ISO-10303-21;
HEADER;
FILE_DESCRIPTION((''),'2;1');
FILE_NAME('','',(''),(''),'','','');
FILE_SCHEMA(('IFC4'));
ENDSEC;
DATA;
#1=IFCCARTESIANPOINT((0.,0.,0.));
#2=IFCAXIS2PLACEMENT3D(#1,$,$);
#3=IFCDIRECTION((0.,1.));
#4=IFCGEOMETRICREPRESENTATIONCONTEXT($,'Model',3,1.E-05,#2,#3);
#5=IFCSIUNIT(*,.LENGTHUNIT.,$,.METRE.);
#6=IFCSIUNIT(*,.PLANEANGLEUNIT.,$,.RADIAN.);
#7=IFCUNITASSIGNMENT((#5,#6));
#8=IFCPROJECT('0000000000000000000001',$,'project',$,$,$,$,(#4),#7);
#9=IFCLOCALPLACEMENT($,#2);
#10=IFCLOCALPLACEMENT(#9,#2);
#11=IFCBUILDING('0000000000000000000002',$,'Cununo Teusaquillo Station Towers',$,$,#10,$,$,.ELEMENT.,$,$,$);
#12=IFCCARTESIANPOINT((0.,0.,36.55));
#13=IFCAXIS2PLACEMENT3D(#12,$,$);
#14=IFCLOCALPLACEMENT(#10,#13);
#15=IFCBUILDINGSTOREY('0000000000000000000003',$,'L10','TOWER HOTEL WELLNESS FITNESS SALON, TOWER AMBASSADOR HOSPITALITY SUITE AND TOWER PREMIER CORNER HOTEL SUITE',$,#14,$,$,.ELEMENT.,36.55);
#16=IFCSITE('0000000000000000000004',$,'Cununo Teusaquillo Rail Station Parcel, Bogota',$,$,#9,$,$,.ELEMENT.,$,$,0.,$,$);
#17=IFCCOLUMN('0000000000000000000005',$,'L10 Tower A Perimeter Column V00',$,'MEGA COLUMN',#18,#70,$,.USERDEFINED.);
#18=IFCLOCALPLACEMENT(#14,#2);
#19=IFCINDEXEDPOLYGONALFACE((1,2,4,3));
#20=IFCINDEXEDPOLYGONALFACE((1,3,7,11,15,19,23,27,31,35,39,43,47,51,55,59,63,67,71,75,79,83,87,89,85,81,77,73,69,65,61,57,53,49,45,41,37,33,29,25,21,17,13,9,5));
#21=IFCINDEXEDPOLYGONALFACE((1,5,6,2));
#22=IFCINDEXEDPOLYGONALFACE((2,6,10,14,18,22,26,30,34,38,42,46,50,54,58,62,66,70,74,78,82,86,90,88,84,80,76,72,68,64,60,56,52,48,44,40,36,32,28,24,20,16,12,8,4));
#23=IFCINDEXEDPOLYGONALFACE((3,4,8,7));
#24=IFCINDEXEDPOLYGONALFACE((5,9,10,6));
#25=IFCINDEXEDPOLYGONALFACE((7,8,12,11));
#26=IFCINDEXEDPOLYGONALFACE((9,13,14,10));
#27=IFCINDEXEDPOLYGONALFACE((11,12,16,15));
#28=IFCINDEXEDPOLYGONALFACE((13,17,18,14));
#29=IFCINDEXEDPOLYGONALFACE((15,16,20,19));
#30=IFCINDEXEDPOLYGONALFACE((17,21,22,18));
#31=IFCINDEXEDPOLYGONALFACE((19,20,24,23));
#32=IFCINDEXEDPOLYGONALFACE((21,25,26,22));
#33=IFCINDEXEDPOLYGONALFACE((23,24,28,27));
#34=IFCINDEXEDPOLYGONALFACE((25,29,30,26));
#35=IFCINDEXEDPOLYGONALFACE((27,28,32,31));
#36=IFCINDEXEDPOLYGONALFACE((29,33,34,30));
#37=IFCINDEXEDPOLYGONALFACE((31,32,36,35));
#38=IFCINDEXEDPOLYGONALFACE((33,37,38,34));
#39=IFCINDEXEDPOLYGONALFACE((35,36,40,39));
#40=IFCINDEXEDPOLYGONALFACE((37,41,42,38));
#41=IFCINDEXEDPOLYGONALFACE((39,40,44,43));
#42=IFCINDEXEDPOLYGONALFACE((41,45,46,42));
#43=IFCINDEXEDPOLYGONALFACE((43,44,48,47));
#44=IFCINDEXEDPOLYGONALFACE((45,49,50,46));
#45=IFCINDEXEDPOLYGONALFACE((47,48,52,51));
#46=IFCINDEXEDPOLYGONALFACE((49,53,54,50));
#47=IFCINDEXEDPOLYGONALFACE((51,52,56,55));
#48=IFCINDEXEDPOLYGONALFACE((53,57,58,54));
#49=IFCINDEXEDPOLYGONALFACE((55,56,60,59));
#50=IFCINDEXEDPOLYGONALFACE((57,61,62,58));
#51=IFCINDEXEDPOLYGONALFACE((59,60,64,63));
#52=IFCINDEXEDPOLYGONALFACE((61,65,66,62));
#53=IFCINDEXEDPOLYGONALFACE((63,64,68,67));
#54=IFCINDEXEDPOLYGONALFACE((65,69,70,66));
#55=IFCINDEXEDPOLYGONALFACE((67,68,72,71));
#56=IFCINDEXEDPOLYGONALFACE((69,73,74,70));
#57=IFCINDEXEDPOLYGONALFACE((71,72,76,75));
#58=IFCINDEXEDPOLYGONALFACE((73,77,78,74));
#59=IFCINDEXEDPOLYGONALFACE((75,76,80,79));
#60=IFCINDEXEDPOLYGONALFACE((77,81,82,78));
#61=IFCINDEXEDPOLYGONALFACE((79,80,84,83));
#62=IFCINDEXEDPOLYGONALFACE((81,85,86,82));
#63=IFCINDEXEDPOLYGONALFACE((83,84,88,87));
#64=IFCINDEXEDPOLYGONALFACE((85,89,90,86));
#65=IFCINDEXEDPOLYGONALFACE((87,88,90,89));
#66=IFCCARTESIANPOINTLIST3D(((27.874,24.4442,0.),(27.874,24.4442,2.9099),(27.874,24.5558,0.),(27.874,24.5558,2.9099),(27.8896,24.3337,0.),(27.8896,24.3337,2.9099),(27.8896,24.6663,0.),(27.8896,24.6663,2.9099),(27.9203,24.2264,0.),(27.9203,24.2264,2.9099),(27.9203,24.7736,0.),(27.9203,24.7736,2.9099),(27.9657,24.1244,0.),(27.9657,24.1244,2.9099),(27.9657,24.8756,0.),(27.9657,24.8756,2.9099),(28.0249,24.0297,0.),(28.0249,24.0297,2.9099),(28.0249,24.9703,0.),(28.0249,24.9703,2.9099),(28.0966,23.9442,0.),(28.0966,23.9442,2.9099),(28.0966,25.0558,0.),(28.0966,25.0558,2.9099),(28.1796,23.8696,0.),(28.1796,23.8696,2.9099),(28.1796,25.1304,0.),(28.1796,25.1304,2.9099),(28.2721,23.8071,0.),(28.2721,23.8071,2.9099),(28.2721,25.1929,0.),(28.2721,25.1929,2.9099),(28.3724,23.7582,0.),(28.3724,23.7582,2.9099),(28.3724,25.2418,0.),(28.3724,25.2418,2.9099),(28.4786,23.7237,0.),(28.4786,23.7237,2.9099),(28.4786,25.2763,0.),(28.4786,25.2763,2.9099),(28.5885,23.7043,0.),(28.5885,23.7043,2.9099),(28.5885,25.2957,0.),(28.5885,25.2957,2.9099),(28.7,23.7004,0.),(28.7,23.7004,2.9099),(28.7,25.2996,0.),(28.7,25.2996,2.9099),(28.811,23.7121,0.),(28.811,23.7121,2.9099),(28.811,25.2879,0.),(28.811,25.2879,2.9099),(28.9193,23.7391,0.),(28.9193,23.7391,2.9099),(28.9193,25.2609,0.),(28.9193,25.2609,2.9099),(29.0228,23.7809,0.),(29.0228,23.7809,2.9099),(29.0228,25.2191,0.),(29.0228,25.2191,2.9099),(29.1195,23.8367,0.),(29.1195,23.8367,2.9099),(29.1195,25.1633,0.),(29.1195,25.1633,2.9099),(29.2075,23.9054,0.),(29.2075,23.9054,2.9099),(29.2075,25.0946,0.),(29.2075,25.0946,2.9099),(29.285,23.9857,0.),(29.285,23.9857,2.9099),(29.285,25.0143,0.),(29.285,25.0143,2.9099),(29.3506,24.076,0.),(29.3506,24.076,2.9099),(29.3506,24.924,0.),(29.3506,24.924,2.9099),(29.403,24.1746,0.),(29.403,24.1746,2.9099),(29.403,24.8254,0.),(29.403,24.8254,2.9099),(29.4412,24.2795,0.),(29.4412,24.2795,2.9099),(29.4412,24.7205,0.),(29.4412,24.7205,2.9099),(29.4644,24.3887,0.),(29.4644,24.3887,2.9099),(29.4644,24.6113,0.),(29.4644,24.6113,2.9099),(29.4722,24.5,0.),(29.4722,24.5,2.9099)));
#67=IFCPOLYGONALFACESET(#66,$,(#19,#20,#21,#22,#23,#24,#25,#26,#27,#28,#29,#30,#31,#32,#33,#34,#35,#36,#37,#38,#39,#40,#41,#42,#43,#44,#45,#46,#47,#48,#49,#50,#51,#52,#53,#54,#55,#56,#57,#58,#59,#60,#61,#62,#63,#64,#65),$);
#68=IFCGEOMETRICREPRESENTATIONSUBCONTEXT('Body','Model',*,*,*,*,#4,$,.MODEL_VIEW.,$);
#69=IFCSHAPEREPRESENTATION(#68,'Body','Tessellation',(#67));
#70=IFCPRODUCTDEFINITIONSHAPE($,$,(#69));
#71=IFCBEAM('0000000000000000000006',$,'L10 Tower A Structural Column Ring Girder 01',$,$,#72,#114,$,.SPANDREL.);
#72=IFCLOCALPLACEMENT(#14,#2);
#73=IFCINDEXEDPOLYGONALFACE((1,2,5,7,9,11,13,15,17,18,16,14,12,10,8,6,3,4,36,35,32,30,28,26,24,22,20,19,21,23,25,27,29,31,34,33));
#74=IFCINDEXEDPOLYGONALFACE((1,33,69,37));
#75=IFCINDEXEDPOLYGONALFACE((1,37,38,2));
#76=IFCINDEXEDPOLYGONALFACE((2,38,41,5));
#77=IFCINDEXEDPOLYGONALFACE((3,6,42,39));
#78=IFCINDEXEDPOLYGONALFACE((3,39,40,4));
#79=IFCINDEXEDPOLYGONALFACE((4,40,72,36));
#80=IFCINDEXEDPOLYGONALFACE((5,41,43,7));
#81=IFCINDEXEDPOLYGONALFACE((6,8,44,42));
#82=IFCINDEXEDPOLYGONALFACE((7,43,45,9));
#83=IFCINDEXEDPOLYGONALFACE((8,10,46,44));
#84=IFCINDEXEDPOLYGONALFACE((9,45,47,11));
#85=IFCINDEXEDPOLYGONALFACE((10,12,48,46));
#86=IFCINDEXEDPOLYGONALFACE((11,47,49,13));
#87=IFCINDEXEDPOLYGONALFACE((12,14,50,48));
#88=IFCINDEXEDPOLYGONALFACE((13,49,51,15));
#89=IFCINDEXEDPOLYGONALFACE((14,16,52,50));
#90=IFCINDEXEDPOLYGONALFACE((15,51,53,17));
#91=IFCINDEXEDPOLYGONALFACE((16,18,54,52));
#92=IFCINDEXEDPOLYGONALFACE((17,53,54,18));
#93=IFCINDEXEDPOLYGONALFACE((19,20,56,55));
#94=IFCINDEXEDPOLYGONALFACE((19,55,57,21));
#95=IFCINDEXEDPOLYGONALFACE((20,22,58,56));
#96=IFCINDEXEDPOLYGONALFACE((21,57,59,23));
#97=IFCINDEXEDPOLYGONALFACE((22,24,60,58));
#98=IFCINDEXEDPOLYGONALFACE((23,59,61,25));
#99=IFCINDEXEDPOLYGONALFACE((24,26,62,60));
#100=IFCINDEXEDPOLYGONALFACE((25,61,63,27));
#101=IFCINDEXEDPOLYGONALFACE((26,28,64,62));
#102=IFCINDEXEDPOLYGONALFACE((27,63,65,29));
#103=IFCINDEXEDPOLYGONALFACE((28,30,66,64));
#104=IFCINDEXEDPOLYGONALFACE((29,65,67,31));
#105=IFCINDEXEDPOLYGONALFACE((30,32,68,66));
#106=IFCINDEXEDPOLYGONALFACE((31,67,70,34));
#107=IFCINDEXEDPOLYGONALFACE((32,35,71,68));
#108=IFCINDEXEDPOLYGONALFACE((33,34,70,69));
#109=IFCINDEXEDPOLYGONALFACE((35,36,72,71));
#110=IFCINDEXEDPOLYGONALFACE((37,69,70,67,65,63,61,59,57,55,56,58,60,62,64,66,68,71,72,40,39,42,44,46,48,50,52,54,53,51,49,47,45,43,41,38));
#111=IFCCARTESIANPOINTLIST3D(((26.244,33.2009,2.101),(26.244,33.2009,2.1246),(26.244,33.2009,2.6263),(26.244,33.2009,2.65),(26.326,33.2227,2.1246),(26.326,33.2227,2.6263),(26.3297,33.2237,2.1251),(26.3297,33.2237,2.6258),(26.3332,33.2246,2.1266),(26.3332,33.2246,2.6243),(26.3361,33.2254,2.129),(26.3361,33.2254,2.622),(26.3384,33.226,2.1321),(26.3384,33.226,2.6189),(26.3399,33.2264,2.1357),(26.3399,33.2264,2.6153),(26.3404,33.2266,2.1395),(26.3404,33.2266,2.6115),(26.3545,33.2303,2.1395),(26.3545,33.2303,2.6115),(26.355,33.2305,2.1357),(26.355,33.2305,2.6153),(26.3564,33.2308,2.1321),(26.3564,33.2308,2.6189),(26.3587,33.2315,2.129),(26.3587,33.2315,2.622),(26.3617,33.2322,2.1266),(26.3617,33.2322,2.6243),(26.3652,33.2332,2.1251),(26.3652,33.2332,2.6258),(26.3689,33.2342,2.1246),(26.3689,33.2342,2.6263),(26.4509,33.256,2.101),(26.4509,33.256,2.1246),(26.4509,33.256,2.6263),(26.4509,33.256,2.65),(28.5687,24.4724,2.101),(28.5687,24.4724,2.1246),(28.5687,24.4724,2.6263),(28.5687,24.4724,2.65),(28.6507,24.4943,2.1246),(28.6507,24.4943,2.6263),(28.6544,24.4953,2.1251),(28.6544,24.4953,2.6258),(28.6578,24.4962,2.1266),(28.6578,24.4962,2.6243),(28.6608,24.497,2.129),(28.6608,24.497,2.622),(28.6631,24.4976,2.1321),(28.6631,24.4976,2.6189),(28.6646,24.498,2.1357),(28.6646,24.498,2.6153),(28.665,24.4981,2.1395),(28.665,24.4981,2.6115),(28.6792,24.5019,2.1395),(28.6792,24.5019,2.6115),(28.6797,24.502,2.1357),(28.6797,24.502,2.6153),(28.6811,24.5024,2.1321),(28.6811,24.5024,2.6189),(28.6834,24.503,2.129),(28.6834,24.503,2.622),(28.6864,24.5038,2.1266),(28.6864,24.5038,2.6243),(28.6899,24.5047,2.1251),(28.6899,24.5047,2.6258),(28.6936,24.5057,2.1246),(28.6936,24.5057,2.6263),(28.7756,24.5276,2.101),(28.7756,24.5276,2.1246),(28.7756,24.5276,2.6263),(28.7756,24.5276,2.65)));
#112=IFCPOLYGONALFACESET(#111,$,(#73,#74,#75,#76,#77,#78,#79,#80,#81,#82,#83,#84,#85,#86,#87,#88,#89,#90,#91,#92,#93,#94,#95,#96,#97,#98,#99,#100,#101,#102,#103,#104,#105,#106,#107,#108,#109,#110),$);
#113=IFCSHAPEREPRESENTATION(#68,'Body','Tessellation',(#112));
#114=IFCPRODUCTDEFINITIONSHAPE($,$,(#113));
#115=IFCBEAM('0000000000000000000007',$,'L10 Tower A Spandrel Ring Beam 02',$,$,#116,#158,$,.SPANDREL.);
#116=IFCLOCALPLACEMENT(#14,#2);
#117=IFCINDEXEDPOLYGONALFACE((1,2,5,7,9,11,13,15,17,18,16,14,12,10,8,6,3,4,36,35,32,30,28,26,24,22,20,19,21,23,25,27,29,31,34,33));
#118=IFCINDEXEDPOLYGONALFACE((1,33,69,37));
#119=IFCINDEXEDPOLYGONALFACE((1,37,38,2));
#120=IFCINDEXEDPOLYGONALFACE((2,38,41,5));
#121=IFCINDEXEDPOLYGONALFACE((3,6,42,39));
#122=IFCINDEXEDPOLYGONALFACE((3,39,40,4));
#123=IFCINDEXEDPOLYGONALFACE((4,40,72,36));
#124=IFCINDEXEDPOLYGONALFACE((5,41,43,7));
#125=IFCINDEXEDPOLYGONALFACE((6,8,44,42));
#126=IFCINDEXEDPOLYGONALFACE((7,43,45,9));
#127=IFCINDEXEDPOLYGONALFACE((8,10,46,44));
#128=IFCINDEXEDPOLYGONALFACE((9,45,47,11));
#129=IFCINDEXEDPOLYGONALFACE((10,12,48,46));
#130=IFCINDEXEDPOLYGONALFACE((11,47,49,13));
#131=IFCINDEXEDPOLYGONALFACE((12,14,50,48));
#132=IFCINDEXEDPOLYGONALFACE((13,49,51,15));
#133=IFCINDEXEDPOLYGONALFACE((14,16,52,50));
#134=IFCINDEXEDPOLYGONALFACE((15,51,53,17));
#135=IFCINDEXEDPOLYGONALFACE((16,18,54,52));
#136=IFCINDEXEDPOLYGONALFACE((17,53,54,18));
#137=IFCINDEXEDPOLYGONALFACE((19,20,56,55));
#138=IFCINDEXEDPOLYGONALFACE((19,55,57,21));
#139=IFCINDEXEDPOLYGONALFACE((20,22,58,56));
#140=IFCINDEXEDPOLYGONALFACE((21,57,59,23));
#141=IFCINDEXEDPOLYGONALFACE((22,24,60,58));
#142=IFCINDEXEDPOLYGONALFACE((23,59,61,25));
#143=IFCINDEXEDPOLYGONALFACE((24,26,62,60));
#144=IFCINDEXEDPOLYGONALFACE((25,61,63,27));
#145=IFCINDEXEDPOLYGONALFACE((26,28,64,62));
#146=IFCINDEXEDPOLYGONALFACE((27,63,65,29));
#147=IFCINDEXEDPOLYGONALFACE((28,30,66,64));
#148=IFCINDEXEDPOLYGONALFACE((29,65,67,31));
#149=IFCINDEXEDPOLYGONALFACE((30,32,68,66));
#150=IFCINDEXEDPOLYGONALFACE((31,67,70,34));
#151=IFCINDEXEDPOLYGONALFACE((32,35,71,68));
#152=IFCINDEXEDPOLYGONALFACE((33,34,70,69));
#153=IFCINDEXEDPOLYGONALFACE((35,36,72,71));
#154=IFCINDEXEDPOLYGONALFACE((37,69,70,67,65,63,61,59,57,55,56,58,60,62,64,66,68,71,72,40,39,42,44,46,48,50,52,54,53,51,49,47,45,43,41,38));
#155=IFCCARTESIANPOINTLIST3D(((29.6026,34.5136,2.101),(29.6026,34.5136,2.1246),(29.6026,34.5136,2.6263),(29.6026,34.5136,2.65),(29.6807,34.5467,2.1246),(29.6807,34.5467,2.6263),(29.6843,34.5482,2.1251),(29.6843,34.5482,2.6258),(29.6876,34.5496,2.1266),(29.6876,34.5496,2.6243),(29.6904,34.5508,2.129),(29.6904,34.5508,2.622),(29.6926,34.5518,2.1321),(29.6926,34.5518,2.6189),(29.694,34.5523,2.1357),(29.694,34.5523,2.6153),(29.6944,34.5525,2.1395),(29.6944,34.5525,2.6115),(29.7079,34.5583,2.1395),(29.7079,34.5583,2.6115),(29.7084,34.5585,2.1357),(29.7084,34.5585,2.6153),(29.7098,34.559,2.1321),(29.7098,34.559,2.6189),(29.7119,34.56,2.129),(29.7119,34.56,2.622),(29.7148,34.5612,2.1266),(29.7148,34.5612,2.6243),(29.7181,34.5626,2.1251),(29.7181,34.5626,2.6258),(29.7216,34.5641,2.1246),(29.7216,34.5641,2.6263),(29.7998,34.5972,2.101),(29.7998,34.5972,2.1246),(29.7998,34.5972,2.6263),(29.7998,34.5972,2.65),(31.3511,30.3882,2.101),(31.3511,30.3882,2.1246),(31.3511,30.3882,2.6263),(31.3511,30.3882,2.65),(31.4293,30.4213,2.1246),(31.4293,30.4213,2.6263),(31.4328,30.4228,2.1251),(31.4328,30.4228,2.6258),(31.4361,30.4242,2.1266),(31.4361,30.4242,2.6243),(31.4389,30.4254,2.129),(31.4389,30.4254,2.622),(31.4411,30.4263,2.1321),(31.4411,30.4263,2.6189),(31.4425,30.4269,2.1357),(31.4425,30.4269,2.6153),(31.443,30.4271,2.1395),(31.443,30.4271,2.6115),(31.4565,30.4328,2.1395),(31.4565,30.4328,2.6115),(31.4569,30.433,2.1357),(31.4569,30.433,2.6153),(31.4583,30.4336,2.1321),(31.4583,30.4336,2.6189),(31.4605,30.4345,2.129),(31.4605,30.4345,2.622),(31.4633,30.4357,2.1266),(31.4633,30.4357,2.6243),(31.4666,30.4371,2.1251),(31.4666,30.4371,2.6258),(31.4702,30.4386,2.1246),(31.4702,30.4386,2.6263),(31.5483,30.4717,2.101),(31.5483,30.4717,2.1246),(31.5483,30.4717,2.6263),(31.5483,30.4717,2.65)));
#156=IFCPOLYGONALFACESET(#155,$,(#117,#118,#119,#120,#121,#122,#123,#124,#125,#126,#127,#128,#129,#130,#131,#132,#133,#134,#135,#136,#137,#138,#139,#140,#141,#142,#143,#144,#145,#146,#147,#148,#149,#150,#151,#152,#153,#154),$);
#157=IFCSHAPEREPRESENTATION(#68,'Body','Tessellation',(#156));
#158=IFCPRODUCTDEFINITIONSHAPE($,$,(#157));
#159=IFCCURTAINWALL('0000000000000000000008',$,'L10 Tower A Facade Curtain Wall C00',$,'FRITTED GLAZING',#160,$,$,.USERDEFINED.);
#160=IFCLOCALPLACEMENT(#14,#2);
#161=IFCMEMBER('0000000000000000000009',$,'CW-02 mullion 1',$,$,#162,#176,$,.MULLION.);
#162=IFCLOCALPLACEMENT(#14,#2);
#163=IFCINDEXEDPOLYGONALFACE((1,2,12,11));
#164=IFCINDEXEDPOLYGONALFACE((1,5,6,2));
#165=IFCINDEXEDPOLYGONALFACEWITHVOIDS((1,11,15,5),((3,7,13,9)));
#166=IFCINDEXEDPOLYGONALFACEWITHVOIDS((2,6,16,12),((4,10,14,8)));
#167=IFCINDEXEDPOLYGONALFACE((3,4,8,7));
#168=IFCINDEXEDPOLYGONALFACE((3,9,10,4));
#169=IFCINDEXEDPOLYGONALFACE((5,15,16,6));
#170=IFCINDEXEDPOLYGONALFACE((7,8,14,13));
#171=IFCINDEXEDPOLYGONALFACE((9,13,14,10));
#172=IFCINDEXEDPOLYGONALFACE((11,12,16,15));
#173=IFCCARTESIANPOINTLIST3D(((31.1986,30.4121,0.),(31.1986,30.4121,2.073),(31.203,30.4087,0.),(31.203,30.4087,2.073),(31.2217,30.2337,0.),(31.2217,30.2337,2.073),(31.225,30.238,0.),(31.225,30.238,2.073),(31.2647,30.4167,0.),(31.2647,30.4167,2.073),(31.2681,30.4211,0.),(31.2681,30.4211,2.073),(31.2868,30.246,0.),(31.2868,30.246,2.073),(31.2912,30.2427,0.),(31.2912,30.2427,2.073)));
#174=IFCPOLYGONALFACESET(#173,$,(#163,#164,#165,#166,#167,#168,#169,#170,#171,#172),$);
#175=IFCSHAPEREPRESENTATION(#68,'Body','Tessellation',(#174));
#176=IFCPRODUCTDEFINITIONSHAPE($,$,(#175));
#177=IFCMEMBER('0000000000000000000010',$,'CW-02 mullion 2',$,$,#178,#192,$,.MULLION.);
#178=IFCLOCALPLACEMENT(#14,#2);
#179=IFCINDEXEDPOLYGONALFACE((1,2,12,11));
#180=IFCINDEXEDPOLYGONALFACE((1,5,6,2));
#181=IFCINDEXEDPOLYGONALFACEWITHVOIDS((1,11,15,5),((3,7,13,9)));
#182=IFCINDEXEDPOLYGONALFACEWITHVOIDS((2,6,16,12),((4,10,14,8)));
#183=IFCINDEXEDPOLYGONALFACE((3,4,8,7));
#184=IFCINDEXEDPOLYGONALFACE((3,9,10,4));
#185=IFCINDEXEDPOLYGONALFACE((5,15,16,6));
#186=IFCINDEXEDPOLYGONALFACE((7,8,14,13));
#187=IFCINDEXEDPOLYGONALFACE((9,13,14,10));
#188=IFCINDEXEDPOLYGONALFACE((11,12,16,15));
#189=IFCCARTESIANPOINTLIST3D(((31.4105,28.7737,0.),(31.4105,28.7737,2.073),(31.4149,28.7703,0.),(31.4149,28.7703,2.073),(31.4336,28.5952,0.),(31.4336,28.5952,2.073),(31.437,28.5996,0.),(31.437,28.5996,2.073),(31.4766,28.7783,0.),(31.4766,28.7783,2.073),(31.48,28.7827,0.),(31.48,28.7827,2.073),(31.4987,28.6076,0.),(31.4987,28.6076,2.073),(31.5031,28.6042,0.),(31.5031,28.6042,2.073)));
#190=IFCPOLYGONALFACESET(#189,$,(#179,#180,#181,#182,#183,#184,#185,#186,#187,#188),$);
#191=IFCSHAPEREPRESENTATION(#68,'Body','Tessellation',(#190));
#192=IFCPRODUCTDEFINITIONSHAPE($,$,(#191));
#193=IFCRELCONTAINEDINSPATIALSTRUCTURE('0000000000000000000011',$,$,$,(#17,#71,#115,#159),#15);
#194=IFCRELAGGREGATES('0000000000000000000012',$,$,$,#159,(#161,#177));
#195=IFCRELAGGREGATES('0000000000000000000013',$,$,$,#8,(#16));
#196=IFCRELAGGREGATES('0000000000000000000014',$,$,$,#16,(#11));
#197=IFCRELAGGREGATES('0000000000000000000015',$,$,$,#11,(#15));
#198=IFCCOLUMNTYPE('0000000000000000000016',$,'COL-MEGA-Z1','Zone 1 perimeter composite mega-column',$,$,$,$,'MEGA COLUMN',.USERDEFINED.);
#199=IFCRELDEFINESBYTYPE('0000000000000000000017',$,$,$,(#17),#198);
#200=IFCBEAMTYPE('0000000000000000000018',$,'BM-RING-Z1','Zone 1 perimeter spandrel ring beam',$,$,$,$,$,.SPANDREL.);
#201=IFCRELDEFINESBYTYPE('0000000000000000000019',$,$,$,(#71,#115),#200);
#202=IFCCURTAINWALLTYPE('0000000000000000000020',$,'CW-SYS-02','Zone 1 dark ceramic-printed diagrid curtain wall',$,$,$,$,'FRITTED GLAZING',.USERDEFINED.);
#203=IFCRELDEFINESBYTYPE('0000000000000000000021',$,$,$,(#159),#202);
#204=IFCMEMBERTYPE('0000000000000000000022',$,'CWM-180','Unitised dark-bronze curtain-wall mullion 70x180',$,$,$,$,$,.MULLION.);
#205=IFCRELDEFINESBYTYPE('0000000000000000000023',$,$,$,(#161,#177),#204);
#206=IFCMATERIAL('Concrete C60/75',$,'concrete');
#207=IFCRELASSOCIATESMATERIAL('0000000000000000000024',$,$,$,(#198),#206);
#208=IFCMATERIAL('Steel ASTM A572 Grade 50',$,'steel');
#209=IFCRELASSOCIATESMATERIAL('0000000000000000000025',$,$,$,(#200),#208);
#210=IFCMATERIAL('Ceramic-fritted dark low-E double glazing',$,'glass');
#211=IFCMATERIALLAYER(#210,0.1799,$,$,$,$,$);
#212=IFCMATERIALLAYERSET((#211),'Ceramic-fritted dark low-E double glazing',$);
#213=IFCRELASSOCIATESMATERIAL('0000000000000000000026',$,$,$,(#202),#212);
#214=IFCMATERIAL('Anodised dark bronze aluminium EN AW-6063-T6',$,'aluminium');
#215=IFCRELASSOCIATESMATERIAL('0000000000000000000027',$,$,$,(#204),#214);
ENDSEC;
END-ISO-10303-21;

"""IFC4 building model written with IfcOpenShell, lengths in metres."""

from ifc_helpers import new_model, si_unit, direction, frame, origin, origin_2d, place, context, subcontext, project, spatial, hollow_rectangle, circle, i_section, extrude, material, layer, layer_set, material_profile, profile_set, type_object, element, aggregate, save


model = new_model("IFC4")

# Units and contexts
model_context = context("Model", 3, precision=1e-05, world=origin(), true_north=direction((0.0, 1.0)))
body_context = subcontext(model_context, "Body", "Model", "MODEL_VIEW")
ifc_project = project(units=[si_unit("LENGTHUNIT", "METRE"), si_unit("PLANEANGLEUNIT", "RADIAN")], contexts=[model_context])

# Site, building, storey
site_placement = place(None, origin())
site = spatial("IfcSite", under=ifc_project, at=site_placement, Name="Cununo Teusaquillo Rail Station Parcel, Bogota", CompositionType="ELEMENT", RefElevation=0.0)
building_placement = place(site_placement, origin())
building = spatial("IfcBuilding", under=site, at=building_placement, Name="Cununo Teusaquillo Station Towers", CompositionType="ELEMENT")
storey_placement = place(building_placement, frame((0.0, 0.0, 36.55)))
storey = spatial("IfcBuildingStorey", under=building, at=storey_placement, Name="L10", Description="TOWER HOTEL WELLNESS FITNESS SALON, TOWER AMBASSADOR HOSPITALITY SUITE AND TOWER PREMIER CORNER HOTEL SUITE", CompositionType="ELEMENT", Elevation=36.55)

# Column
ifc_material_1 = material(Name="Concrete C60/75", Category="concrete")
ifc_material_profile_1 = material_profile(ifc_material_1, circle(Radius=0.8, at=origin_2d()), Name="RC-CIRC-1600")
ifc_profile_set_1 = profile_set([ifc_material_profile_1], Name="Concrete C60/75")
column_type = type_object("IfcColumnType", Name="COL-MEGA-Z1", Description="Zone 1 perimeter composite mega-column", ElementType="MEGA COLUMN", PredefinedType="USERDEFINED", material=ifc_profile_set_1)
column_placement = place(storey_placement, frame((28.6721, 24.5, 0.0), z_axis=(0.0, 0.0, 1.0), x_axis=(1.0, 0.0, 0.0)))
element("IfcColumn", 1, at=column_placement, inside=storey, type_object=column_type, Name="L10 Tower A Perimeter Column V00", ObjectType="MEGA COLUMN", PredefinedType="USERDEFINED", context=body_context, shape_type="SweptSolid", body=[
    extrude(circle(Radius=0.8, at=origin_2d()), origin(), (0.0, 0.0, 1.0), 2.9099),
])

# Beams
ifc_material_2 = material(Name="Steel ASTM A572 Grade 50", Category="steel")
ifc_material_profile_2 = material_profile(ifc_material_2, i_section(OverallWidth=0.2141, OverallDepth=0.5491, WebThickness=0.0146, FlangeThickness=0.0237, FilletRadius=0.0149, at=origin_2d()), Name="W21X93")
ifc_profile_set_2 = profile_set([ifc_material_profile_2], Name="Steel ASTM A572 Grade 50")
beam_type = type_object("IfcBeamType", Name="BM-RING-Z1", Description="Zone 1 perimeter spandrel ring beam", PredefinedType="SPANDREL", material=ifc_profile_set_2)
beam_1_placement = place(storey_placement, frame((28.6721, 24.5, 2.3755), z_axis=(-0.257363, 0.966315, 0.0), x_axis=(-0.966315, -0.257363, 0.0)))
element("IfcBeam", 2, at=beam_1_placement, inside=storey, type_object=beam_type, Name="L10 Tower A Structural Column Ring Girder 01", PredefinedType="SPANDREL", context=body_context, shape_type="SweptSolid", body=[
    extrude(i_section(OverallWidth=0.2141, OverallDepth=0.5491, WebThickness=0.0146, FlangeThickness=0.0237, FilletRadius=0.0149, at=origin_2d()), origin(), (0.0, 0.0, 1.0), 9.0327),
])
beam_2_placement = place(storey_placement, frame((31.4497, 30.4299, 2.3755), z_axis=(-0.390234, 0.920716, 0.0), x_axis=(-0.920716, -0.390234, 0.0)))
element("IfcBeam", 3, at=beam_2_placement, inside=storey, type_object=beam_type, Name="L10 Tower A Spandrel Ring Beam 02", PredefinedType="SPANDREL", context=body_context, shape_type="SweptSolid", body=[
    extrude(i_section(OverallWidth=0.2141, OverallDepth=0.5491, WebThickness=0.0146, FlangeThickness=0.0237, FilletRadius=0.0149, at=origin_2d()), origin(), (0.0, 0.0, 1.0), 4.4807),
])

# Curtain wall, members
ifc_material_3 = material(Name="Ceramic-fritted dark low-E double glazing", Category="glass")
ifc_layer_1 = layer(ifc_material_3, 0.1799)
ifc_layer_set_1 = layer_set([ifc_layer_1], Name="Ceramic-fritted dark low-E double glazing")
curtain_wall_type = type_object("IfcCurtainWallType", Name="CW-SYS-02", Description="Zone 1 dark ceramic-printed diagrid curtain wall", ElementType="FRITTED GLAZING", PredefinedType="USERDEFINED", material=ifc_layer_set_1)
curtain_wall_placement = place(storey_placement, origin())
curtain_wall = element("IfcCurtainWall", 4, at=curtain_wall_placement, inside=storey, type_object=curtain_wall_type, Name="L10 Tower A Facade Curtain Wall C00", ObjectType="FRITTED GLAZING", PredefinedType="USERDEFINED")
ifc_material_4 = material(Name="Anodised dark bronze aluminium EN AW-6063-T6", Category="aluminium")
ifc_material_profile_3 = material_profile(ifc_material_4, hollow_rectangle(XDim=0.0701, YDim=0.1799, WallThickness=0.0039, at=origin_2d()), Name="CW-MULL-70x180")
ifc_profile_set_3 = profile_set([ifc_material_profile_3], Name="Anodised dark bronze aluminium EN AW-6063-T6")
member_type_1 = type_object("IfcMemberType", Name="CWM-180", Description="Unitised dark-bronze curtain-wall mullion 70x180", PredefinedType="MULLION", material=ifc_profile_set_3)
member_1_placement = place(storey_placement, frame((31.2449, 30.3274, 0.0), z_axis=(0.0, 0.0, 1.0), x_axis=(0.991731, 0.128336, 0.0)))
member_1 = element("IfcMember", 5, at=member_1_placement, type_object=member_type_1, Name="CW-02 mullion 1", PredefinedType="MULLION", context=body_context, shape_type="SweptSolid", body=[
    extrude(hollow_rectangle(XDim=0.0701, YDim=0.1799, WallThickness=0.0039, at=origin_2d()), origin(), (0.0, 0.0, 1.0), 2.073),
])
member_2_placement = place(storey_placement, frame((31.4568, 28.689, 0.0), z_axis=(0.0, 0.0, 1.0), x_axis=(0.991731, 0.128336, 0.0)))
member_2 = element("IfcMember", 6, at=member_2_placement, type_object=member_type_1, Name="CW-02 mullion 2", PredefinedType="MULLION", context=body_context, shape_type="SweptSolid", body=[
    extrude(hollow_rectangle(XDim=0.0701, YDim=0.1799, WallThickness=0.0039, at=origin_2d()), origin(), (0.0, 0.0, 1.0), 2.073),
])
aggregate(curtain_wall, [member_1, member_2])

save(model, "model.ifc")
